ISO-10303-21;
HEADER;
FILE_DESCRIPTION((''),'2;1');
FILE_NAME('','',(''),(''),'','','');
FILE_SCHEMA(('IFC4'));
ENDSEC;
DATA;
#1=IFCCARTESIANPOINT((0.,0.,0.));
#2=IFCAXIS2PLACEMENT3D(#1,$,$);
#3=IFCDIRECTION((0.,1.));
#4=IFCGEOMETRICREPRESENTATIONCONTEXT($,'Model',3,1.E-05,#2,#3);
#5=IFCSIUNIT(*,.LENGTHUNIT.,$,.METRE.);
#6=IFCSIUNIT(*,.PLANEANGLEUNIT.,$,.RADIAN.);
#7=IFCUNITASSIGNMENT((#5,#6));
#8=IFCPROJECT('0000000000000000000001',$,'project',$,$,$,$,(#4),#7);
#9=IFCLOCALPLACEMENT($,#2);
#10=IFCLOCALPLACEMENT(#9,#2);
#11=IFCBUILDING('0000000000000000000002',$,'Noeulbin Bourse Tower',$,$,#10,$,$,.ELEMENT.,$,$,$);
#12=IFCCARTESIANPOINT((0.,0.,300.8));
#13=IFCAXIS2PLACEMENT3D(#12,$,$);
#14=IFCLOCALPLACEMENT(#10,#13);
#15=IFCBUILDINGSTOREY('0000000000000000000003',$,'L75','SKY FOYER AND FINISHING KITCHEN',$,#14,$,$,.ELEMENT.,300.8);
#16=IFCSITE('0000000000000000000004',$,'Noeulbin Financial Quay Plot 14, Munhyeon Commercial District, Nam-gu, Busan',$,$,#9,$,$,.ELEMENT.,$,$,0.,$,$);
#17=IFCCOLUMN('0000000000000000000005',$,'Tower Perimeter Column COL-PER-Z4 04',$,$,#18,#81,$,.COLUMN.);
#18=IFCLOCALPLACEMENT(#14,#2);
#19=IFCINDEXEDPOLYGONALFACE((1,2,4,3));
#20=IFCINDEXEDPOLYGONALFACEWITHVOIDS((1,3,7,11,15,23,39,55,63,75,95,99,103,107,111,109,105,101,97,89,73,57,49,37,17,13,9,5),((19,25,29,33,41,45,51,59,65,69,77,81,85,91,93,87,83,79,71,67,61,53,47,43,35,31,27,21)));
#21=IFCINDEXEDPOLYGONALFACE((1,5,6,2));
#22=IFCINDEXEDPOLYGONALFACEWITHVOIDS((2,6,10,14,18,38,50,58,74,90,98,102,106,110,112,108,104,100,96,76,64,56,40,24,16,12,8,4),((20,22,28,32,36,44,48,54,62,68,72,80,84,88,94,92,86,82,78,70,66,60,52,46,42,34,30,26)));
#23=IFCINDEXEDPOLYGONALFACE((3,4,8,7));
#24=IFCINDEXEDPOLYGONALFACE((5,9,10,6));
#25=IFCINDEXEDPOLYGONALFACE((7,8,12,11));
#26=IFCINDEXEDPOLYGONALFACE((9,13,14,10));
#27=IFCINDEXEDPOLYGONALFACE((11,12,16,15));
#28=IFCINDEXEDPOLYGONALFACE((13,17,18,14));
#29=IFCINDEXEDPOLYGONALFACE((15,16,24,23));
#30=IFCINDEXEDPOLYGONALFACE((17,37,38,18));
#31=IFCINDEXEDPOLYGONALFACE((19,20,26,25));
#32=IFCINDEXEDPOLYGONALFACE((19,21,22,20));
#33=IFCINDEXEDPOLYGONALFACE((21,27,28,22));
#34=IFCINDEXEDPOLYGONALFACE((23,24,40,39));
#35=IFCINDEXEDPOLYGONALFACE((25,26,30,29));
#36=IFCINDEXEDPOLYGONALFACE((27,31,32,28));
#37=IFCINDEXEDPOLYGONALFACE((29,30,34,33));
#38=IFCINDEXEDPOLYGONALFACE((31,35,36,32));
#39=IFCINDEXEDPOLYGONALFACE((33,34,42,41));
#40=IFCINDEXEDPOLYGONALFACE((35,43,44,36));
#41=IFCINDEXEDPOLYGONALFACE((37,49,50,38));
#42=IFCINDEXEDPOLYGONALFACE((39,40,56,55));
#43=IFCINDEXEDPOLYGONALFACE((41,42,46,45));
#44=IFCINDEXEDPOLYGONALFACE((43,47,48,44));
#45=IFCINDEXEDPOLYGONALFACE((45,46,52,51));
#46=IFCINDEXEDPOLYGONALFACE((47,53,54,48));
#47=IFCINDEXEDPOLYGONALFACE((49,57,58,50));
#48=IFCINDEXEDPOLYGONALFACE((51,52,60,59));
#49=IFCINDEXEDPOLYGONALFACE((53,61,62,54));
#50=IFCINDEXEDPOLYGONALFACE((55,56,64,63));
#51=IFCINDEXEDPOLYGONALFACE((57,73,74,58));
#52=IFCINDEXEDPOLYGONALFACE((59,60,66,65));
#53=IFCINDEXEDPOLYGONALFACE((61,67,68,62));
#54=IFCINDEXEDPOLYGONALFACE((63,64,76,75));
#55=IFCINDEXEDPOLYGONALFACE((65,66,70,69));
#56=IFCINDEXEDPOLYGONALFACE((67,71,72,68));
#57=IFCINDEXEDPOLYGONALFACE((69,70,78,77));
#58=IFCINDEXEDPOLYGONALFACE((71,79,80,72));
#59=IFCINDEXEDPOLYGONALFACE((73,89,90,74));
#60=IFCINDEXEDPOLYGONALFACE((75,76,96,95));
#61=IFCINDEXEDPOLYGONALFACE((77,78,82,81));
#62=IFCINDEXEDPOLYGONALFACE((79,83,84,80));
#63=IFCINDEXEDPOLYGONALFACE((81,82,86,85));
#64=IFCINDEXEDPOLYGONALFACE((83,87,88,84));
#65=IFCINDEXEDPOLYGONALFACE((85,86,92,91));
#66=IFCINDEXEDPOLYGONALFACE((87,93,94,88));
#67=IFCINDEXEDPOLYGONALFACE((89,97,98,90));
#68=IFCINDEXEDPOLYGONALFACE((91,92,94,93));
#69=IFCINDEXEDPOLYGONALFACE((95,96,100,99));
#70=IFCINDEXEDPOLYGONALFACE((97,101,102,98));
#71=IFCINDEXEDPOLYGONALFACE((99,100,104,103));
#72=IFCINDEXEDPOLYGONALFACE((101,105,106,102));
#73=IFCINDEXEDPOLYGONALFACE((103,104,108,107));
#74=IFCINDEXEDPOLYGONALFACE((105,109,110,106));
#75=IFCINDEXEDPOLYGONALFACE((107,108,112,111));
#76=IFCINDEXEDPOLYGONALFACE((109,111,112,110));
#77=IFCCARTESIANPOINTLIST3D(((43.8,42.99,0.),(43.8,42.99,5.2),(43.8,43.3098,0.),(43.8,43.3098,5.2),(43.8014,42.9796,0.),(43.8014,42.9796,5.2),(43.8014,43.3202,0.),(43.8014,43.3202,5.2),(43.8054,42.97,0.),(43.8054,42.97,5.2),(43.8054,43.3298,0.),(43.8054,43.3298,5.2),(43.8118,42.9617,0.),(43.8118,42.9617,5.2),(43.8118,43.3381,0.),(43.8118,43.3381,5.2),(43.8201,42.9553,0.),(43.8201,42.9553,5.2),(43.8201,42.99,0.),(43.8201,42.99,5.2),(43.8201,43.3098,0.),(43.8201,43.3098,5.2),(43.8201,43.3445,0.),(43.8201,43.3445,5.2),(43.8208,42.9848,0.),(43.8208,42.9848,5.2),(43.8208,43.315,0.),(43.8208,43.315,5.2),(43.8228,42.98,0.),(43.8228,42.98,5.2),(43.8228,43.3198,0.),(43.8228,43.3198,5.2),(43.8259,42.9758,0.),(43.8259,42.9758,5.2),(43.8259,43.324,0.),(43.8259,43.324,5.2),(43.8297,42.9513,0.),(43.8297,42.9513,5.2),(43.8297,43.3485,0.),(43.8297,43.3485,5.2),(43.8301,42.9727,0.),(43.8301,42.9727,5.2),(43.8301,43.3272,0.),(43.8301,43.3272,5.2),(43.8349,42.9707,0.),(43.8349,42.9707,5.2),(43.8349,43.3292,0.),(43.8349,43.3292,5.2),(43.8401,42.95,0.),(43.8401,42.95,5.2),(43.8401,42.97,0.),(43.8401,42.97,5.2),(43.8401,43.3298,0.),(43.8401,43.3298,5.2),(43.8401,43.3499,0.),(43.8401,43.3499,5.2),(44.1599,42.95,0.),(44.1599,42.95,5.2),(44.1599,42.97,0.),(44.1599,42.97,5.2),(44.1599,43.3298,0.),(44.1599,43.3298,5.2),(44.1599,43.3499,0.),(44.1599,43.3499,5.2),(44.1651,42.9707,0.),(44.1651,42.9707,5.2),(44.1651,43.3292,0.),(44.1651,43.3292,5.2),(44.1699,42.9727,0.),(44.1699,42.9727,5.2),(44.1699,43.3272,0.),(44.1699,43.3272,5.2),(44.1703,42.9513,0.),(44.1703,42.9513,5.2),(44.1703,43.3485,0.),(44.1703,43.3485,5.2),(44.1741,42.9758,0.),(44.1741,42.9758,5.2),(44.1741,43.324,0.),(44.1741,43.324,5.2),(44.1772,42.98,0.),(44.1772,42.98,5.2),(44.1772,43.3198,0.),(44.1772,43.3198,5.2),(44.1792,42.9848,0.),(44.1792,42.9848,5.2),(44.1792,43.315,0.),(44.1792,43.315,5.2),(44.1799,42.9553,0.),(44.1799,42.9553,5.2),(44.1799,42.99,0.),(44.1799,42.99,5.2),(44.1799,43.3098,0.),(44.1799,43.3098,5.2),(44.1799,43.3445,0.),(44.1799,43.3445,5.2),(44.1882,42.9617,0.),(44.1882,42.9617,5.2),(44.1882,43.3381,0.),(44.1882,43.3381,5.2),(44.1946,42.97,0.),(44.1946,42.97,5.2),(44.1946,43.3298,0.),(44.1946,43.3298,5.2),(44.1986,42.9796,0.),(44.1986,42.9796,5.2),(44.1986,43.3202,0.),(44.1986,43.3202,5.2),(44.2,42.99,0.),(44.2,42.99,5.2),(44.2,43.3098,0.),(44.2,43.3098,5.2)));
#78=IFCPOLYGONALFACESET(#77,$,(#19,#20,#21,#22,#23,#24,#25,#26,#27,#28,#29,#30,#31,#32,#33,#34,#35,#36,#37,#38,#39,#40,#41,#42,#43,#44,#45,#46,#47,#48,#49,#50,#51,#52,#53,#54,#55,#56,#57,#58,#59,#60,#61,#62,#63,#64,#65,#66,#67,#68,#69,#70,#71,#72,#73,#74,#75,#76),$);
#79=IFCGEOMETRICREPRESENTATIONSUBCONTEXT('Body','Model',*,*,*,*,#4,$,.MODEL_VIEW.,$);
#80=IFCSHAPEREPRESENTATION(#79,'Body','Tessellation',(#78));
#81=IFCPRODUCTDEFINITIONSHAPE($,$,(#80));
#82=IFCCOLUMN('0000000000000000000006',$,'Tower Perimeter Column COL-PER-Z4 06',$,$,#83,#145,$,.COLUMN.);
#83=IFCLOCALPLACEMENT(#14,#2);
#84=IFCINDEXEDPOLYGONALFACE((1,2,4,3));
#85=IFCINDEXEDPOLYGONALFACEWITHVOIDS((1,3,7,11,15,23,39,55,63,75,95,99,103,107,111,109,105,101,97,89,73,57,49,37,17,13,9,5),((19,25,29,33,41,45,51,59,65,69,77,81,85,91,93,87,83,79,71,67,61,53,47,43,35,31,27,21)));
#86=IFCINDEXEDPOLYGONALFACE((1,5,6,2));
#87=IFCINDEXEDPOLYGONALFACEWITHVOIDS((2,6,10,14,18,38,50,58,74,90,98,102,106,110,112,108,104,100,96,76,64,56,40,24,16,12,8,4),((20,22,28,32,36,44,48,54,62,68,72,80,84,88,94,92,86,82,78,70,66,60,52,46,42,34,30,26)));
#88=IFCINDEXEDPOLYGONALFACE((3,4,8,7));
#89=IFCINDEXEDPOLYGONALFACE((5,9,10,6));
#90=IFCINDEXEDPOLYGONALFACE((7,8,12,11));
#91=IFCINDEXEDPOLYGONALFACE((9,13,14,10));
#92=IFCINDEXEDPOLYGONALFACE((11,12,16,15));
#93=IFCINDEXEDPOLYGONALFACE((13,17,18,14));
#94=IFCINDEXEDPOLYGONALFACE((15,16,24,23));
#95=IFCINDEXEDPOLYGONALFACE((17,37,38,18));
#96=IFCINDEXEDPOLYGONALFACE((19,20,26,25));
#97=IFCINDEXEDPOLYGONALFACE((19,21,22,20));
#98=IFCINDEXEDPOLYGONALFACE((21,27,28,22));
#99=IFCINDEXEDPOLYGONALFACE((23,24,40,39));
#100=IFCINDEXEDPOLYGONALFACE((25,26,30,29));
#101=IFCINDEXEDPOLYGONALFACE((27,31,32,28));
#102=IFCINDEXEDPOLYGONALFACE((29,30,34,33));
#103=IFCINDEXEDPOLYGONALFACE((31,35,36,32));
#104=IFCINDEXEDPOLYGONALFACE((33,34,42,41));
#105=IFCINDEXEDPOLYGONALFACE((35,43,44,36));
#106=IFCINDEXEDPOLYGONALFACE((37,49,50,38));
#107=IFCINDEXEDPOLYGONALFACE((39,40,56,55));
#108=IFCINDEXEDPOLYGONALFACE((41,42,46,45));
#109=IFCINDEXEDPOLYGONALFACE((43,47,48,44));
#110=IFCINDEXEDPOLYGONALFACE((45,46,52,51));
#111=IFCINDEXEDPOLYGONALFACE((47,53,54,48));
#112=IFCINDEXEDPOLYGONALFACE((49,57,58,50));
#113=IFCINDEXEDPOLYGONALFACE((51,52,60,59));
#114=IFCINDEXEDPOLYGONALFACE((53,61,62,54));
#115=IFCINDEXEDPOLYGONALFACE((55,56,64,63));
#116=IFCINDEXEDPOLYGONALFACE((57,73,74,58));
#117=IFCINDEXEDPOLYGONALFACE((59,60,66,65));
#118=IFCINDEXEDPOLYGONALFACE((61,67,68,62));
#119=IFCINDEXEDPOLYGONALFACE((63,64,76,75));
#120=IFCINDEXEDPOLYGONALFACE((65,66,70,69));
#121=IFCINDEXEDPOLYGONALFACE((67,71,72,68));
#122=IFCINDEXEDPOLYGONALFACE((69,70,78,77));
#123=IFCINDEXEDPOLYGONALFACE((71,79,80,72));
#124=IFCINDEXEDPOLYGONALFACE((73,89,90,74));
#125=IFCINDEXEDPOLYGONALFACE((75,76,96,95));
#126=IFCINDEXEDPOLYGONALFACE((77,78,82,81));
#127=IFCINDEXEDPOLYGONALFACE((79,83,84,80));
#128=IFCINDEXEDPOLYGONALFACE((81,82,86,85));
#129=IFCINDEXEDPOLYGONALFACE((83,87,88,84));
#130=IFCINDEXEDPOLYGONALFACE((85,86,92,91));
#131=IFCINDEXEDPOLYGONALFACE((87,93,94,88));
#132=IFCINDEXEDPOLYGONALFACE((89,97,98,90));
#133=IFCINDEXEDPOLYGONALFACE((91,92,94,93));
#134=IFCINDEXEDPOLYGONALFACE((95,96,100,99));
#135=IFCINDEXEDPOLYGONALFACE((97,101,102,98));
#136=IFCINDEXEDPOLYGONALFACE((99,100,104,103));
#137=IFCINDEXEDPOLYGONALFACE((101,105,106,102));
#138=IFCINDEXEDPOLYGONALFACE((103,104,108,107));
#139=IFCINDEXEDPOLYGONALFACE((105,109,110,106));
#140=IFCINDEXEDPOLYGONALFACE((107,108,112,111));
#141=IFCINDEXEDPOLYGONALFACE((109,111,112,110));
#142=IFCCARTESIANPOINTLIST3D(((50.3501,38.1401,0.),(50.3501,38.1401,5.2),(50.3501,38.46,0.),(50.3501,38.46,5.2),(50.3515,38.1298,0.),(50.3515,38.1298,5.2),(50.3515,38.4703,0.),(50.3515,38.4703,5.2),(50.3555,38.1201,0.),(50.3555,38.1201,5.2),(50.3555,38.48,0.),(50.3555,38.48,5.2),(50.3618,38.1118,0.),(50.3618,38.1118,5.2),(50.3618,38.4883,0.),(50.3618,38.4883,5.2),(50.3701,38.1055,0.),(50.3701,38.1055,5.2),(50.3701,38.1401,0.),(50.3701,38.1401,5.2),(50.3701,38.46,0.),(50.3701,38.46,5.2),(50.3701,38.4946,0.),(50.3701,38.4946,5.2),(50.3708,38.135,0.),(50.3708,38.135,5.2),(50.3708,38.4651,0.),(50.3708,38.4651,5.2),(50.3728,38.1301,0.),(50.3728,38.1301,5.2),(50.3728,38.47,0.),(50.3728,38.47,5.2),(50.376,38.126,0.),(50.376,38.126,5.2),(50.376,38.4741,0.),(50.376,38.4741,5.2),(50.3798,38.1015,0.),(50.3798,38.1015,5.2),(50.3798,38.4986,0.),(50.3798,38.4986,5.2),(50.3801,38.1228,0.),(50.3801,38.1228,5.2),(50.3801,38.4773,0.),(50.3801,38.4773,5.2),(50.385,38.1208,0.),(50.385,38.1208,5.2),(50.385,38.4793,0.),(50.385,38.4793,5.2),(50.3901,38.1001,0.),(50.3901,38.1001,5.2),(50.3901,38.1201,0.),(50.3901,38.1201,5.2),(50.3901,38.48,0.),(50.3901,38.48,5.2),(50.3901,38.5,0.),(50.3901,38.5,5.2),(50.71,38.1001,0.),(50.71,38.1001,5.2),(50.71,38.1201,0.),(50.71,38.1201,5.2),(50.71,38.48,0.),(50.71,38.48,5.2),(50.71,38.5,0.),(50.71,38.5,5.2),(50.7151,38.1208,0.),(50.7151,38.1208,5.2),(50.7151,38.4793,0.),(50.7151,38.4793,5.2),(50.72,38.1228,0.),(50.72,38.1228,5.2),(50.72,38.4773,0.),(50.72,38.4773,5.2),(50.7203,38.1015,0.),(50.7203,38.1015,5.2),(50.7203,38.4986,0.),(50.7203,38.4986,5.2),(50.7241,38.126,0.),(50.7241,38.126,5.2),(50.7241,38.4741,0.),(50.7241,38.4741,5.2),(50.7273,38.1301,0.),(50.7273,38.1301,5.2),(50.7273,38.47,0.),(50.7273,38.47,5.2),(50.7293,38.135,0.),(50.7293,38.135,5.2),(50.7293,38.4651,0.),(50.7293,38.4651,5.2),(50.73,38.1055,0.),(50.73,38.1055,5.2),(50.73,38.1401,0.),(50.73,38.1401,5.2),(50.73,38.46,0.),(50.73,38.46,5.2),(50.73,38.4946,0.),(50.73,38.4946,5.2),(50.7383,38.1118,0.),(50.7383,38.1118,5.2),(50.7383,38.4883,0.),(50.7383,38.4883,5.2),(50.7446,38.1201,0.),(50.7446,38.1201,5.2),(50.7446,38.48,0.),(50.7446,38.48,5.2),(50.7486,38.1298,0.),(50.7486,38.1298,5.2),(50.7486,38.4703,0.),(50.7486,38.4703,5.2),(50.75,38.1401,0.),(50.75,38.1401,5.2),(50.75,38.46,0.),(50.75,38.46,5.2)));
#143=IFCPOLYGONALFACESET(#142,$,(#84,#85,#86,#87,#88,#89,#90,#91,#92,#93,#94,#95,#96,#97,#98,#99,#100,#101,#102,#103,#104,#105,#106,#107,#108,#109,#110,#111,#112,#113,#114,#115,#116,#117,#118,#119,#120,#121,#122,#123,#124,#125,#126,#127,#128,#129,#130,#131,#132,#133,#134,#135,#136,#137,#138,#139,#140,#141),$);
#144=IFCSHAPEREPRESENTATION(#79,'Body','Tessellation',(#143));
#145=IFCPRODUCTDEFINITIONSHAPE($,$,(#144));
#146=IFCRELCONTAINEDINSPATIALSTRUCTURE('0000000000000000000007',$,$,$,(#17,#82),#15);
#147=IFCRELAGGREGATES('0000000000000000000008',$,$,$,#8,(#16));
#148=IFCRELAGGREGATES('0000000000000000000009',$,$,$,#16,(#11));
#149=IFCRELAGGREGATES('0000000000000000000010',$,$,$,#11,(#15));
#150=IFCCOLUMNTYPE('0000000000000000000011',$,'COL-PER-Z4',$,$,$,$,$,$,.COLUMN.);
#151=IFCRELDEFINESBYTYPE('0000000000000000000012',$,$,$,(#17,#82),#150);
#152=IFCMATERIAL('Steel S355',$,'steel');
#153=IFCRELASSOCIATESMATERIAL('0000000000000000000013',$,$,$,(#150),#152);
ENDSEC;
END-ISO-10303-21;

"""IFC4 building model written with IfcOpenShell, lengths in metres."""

from ifc_helpers import new_model, si_unit, direction, frame, origin, origin_2d, place, context, subcontext, project, spatial, hollow_rectangle, extrude, material, material_profile, profile_set, type_object, element, save


model = new_model("IFC4")

# Units and contexts
model_context = context("Model", 3, precision=1e-05, world=origin(), true_north=direction((0.0, 1.0)))
body_context = subcontext(model_context, "Body", "Model", "MODEL_VIEW")
ifc_project = project(units=[si_unit("LENGTHUNIT", "METRE"), si_unit("PLANEANGLEUNIT", "RADIAN")], contexts=[model_context])

# Site, building, storey
site_placement = place(None, origin())
site = spatial("IfcSite", under=ifc_project, at=site_placement, Name="Noeulbin Financial Quay Plot 14, Munhyeon Commercial District, Nam-gu, Busan", CompositionType="ELEMENT", RefElevation=0.0)
building_placement = place(site_placement, origin())
building = spatial("IfcBuilding", under=site, at=building_placement, Name="Noeulbin Bourse Tower", CompositionType="ELEMENT")
storey_placement = place(building_placement, frame((0.0, 0.0, 300.8)))
storey = spatial("IfcBuildingStorey", under=building, at=storey_placement, Name="L75", Description="SKY FOYER AND FINISHING KITCHEN", CompositionType="ELEMENT", Elevation=300.8)

# Columns
ifc_material_1 = material(Name="Steel S355", Category="steel")
ifc_material_profile_1 = material_profile(ifc_material_1, hollow_rectangle(XDim=0.3999, YDim=0.3999, WallThickness=0.02, InnerFilletRadius=0.02, OuterFilletRadius=0.04, at=origin_2d()), Name="SHS-400x400x20", Category="LoadBearing")
ifc_profile_set_1 = profile_set([ifc_material_profile_1], Name="Steel S355")
column_type_1 = type_object("IfcColumnType", Name="COL-PER-Z4", PredefinedType="COLUMN", material=ifc_profile_set_1)
for number, where, z_axis, x_axis, name in (
    (1, (44.0, 43.1499, 0.0), (0.0, 0.0, 1.0), (1.0, 0.0, 0.0), "Tower Perimeter Column COL-PER-Z4 04"),
    (2, (50.55, 38.3, 0.0), (0.0, 0.0, 1.0), (1.0, 0.0, 0.0), "Tower Perimeter Column COL-PER-Z4 06"),
):
    element("IfcColumn", number, at=place(storey_placement, frame(where, z_axis=z_axis, x_axis=x_axis)), inside=storey, type_object=column_type_1, Name=name, PredefinedType="COLUMN", context=body_context, shape_type="SweptSolid", body=[
        extrude(hollow_rectangle(XDim=0.3999, YDim=0.3999, WallThickness=0.02, InnerFilletRadius=0.02, OuterFilletRadius=0.04, at=origin_2d()), origin(), (0.0, 0.0, 1.0), 5.2),
    ])

save(model, "model.ifc")
